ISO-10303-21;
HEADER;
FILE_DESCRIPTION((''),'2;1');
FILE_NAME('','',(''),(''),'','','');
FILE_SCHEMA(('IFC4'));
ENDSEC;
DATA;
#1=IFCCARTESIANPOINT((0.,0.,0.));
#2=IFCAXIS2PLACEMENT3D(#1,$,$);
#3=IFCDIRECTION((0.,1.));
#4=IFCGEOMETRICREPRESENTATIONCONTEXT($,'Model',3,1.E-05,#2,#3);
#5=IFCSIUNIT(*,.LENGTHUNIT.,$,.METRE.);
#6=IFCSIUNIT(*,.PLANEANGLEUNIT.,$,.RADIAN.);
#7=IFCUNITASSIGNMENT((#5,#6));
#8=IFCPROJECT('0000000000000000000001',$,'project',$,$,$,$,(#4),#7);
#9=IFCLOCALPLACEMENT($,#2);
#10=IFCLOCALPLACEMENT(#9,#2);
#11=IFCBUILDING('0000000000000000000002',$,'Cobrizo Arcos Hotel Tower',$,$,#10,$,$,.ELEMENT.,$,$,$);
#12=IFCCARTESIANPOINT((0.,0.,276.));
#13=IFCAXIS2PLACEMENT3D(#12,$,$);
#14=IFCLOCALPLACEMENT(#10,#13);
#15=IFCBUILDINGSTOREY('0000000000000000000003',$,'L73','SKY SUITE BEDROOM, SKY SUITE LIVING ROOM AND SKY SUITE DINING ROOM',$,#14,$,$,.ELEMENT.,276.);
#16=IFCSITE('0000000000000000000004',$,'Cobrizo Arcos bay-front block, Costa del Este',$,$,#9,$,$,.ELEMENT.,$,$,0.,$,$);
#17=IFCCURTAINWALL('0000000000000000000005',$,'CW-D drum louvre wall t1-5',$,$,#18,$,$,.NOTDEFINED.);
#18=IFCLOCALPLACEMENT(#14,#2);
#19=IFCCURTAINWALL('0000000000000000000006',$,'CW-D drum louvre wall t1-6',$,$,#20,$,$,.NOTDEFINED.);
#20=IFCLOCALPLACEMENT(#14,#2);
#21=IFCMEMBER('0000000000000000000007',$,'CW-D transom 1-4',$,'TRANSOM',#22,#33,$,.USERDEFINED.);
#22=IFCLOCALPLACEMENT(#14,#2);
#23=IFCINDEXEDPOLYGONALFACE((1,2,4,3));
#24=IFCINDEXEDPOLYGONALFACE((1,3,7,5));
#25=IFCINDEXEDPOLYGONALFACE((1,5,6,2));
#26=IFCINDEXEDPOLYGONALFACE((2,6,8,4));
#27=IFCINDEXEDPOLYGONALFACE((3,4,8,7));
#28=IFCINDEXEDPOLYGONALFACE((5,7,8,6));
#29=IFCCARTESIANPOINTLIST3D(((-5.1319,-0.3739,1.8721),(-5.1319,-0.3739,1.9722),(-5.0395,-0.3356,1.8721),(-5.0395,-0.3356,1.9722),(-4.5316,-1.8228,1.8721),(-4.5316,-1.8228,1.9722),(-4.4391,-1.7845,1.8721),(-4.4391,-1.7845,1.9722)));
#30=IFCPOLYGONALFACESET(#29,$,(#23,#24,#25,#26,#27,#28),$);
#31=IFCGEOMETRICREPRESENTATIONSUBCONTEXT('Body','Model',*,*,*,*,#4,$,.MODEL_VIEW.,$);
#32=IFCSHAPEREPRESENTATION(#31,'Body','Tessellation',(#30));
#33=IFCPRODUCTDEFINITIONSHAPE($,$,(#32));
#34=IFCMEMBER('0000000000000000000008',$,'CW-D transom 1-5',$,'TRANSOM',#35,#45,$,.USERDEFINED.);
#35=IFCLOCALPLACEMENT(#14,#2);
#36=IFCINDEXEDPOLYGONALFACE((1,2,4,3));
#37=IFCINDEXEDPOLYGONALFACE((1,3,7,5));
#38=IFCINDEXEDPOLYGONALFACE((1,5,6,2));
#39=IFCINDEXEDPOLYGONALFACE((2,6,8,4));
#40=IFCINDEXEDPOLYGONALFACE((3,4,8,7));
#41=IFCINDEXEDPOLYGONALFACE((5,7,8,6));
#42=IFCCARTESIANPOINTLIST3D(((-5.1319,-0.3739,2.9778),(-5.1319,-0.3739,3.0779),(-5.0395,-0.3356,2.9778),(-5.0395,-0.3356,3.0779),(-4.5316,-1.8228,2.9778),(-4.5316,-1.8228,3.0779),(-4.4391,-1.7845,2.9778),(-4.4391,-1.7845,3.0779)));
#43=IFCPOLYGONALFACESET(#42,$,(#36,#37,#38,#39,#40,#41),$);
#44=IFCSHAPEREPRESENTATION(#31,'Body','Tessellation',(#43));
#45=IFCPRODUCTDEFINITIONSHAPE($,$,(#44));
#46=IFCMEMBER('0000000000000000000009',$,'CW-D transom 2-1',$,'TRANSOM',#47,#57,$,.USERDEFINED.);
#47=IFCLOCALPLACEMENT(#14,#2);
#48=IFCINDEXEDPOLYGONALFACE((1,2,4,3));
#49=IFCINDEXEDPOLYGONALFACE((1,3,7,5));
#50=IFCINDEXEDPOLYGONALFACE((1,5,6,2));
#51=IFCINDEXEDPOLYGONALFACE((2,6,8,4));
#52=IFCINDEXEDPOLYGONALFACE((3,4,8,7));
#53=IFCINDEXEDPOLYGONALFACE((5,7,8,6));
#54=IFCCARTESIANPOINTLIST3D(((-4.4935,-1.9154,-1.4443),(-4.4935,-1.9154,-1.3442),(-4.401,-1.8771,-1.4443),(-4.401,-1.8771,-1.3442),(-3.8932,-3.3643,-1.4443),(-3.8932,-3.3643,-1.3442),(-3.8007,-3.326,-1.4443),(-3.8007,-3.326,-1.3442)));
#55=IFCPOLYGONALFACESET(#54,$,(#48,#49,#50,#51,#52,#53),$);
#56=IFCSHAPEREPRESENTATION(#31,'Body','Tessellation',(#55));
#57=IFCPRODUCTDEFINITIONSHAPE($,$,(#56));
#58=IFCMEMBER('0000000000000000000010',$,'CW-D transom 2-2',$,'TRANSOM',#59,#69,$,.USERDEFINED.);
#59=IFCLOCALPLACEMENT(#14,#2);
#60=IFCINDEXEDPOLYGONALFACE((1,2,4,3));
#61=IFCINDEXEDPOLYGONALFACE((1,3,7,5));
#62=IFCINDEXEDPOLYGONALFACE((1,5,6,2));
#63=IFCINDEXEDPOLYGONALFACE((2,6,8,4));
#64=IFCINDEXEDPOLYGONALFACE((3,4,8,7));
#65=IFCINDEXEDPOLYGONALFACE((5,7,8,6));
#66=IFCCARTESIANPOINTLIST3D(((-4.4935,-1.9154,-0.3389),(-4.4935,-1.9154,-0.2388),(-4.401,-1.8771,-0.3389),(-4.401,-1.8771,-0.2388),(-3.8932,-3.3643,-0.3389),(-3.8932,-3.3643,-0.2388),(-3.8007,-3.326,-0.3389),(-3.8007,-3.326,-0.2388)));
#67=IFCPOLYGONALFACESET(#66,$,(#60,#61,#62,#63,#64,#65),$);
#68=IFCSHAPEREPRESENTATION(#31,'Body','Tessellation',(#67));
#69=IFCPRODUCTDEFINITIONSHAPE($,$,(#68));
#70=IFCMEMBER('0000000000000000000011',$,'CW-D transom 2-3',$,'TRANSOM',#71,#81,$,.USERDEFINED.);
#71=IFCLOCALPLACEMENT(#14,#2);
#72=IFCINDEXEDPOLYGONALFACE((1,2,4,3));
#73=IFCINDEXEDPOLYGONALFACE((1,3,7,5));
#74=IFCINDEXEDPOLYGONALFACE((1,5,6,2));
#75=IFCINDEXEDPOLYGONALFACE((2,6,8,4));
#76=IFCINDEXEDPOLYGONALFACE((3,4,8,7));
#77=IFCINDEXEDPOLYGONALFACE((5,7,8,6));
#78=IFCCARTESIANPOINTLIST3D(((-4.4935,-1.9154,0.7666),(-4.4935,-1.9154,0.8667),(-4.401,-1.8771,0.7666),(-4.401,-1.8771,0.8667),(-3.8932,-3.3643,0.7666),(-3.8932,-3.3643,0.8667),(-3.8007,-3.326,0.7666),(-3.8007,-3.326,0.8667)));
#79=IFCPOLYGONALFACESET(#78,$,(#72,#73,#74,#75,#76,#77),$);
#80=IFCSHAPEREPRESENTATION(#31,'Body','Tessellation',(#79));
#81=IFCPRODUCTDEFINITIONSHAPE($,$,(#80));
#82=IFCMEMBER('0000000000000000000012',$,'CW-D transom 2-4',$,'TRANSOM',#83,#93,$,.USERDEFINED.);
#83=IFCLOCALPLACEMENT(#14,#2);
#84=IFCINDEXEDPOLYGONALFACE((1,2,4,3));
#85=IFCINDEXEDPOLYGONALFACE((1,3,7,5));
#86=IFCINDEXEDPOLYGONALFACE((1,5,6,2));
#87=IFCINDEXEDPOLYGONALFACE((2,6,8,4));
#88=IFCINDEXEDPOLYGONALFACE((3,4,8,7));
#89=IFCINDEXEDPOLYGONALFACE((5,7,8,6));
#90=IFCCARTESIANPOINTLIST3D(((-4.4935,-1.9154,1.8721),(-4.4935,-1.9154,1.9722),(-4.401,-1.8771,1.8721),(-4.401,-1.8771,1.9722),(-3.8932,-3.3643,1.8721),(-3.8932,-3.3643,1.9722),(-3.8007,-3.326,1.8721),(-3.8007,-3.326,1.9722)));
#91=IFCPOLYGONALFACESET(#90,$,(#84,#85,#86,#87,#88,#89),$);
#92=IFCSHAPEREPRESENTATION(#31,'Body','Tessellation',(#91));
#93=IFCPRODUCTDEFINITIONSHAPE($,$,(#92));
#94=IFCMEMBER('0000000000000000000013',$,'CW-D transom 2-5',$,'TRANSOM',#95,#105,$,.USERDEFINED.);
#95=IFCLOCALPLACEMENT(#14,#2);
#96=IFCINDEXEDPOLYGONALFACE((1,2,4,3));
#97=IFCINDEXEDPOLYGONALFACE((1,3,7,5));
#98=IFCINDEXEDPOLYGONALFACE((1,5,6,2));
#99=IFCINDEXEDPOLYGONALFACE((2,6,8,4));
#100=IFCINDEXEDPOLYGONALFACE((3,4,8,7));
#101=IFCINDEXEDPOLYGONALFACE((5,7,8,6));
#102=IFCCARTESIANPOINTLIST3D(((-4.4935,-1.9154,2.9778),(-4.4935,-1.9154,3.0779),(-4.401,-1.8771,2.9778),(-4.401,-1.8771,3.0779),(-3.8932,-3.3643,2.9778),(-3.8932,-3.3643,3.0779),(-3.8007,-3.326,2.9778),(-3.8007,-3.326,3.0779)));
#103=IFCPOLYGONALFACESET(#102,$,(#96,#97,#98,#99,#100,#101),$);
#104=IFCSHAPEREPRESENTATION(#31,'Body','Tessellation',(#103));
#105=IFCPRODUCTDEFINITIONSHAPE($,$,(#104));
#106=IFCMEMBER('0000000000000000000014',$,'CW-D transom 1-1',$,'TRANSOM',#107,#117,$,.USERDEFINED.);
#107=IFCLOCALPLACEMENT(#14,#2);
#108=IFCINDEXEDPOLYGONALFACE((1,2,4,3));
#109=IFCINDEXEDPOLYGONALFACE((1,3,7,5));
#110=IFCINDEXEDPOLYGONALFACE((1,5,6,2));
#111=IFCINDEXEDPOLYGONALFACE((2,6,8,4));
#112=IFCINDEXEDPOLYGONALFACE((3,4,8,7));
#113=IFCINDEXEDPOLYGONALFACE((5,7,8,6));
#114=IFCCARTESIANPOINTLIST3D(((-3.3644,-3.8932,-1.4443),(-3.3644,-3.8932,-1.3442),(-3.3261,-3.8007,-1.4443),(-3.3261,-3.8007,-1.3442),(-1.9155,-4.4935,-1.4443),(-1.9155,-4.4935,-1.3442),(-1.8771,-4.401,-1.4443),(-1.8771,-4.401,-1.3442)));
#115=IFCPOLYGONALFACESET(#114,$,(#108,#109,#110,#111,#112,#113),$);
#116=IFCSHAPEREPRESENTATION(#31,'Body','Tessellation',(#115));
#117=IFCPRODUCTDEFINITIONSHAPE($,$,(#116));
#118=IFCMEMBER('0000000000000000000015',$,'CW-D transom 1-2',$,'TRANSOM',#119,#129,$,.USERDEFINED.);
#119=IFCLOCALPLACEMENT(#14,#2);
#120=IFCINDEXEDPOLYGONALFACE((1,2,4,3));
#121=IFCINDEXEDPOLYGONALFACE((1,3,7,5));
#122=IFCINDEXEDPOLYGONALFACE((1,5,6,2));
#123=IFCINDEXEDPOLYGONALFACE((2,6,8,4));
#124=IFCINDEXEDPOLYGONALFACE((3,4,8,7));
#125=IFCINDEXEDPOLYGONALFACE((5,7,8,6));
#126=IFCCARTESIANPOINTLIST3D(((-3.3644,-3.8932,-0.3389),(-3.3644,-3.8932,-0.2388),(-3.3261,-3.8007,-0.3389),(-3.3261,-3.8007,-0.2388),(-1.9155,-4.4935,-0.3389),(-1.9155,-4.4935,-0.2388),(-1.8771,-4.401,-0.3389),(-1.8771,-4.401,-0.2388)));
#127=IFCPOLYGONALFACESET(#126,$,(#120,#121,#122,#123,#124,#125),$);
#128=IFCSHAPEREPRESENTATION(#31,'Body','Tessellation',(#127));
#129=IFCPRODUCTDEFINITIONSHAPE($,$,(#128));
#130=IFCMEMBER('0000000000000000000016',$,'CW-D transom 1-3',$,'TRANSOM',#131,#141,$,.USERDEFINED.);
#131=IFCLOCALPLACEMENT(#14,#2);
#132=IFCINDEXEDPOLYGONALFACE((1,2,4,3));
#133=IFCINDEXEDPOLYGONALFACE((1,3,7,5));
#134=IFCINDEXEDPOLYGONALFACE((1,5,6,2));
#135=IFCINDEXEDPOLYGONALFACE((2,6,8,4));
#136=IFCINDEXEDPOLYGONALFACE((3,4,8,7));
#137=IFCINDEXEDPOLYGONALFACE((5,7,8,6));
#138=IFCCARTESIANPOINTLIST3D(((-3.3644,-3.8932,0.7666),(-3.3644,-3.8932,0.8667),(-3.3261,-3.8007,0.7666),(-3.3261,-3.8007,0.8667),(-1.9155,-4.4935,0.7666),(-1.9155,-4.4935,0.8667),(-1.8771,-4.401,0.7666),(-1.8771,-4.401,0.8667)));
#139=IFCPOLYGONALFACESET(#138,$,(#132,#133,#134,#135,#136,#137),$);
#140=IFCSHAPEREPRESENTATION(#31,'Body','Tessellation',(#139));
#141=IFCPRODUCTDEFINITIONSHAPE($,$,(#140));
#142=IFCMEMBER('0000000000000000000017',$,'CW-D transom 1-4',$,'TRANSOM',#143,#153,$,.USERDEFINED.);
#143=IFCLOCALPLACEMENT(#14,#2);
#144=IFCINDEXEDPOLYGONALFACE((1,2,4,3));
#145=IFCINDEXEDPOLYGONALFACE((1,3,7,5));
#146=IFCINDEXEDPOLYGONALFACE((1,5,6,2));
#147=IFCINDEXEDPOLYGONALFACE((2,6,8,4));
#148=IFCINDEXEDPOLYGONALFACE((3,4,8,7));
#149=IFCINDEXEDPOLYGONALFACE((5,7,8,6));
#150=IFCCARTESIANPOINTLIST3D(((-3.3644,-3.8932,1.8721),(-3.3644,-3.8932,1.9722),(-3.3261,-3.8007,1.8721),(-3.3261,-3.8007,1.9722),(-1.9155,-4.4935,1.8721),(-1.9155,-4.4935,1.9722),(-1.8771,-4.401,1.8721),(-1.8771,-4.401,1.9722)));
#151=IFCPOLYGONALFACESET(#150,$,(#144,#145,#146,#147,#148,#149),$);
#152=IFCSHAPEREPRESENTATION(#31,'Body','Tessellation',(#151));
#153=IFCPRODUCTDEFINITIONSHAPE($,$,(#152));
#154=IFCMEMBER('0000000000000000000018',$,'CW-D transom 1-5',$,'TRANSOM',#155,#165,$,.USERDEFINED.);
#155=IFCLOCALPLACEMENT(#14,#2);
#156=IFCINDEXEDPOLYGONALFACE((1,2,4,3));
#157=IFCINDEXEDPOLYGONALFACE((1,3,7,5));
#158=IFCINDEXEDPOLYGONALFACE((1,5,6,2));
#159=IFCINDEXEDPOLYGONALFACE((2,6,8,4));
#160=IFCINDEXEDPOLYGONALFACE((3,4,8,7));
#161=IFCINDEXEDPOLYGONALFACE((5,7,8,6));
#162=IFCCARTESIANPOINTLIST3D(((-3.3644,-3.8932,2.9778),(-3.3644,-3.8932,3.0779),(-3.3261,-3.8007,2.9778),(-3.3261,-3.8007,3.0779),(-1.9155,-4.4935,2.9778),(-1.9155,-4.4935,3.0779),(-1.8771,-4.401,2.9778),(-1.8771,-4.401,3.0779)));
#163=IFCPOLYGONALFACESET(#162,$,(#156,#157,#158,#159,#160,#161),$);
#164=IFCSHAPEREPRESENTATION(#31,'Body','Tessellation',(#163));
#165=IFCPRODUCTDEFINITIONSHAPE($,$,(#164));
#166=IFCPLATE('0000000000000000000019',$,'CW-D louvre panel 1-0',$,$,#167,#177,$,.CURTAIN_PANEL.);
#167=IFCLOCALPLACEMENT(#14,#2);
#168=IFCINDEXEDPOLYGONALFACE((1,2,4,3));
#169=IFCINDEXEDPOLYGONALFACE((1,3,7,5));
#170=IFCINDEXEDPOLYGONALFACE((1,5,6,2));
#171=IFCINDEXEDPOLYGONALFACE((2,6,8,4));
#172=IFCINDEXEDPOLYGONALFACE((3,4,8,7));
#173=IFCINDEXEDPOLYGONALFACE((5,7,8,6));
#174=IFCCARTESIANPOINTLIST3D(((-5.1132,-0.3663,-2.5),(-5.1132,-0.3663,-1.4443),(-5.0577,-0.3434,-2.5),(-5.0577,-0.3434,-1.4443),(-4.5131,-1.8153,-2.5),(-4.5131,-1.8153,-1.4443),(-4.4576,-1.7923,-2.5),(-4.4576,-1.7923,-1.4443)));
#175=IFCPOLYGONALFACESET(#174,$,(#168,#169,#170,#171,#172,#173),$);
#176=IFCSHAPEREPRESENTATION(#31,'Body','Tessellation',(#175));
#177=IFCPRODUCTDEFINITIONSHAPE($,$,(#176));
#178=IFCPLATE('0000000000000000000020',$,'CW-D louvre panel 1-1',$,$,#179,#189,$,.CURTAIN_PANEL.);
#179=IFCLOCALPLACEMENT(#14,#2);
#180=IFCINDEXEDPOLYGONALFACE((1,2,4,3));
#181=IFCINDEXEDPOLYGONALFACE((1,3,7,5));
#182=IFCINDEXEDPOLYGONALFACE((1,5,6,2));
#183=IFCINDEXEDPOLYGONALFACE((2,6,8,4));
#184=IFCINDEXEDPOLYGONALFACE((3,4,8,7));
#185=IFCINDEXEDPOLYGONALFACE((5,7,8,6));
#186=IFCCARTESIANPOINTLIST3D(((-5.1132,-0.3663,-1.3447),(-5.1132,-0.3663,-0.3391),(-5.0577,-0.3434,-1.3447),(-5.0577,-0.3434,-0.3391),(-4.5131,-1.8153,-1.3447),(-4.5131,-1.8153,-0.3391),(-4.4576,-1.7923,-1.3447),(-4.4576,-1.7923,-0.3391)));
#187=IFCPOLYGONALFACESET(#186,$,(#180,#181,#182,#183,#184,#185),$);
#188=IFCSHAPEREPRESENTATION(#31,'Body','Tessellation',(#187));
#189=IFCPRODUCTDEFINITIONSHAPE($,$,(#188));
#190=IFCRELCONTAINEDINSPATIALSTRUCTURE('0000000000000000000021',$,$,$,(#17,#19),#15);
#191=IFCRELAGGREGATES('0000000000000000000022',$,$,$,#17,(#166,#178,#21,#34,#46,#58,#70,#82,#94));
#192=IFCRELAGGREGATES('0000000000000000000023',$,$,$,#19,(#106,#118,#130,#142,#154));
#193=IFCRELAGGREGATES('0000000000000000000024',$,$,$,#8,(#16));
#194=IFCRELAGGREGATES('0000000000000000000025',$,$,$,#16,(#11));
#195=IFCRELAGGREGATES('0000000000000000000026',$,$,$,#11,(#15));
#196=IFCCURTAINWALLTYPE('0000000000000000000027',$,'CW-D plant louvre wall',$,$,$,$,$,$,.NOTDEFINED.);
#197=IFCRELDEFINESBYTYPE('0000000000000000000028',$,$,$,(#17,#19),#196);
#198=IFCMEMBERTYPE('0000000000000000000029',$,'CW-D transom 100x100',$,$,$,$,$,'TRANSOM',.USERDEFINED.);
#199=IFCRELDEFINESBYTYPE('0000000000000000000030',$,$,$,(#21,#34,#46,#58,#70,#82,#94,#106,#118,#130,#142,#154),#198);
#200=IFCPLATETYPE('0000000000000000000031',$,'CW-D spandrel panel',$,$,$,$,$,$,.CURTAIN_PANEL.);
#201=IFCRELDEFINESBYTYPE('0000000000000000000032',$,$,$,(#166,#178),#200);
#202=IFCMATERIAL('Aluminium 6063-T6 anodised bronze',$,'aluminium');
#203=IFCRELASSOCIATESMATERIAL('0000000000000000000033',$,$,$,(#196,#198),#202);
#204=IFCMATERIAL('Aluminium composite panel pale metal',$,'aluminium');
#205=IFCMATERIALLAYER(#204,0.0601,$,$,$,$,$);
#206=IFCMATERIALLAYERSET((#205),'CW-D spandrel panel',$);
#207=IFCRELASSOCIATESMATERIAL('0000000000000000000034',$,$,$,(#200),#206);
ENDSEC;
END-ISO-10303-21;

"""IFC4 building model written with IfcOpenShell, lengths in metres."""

from ifc_helpers import new_model, si_unit, direction, frame, origin, origin_2d, place, context, subcontext, project, spatial, rectangle, extrude, material, layer, layer_set, material_profile, profile_set, type_object, element, aggregate, save


model = new_model("IFC4")

# Units and contexts
model_context = context("Model", 3, precision=1e-05, world=origin(), true_north=direction((0.0, 1.0)))
body_context = subcontext(model_context, "Body", "Model", "MODEL_VIEW")
ifc_project = project(units=[si_unit("LENGTHUNIT", "METRE"), si_unit("PLANEANGLEUNIT", "RADIAN")], contexts=[model_context])

# Site, building, storey
site_placement = place(None, origin())
site = spatial("IfcSite", under=ifc_project, at=site_placement, Name="Cobrizo Arcos bay-front block, Costa del Este", CompositionType="ELEMENT", RefElevation=0.0)
building_placement = place(site_placement, origin())
building = spatial("IfcBuilding", under=site, at=building_placement, Name="Cobrizo Arcos Hotel Tower", CompositionType="ELEMENT")
storey_placement = place(building_placement, frame((0.0, 0.0, 276.0)))
storey = spatial("IfcBuildingStorey", under=building, at=storey_placement, Name="L73", Description="SKY SUITE BEDROOM, SKY SUITE LIVING ROOM AND SKY SUITE DINING ROOM", CompositionType="ELEMENT", Elevation=276.0)

# Curtain wall
ifc_material_1 = material(Name="Aluminium 6063-T6 anodised bronze", Category="aluminium")
curtain_wall_type_1 = type_object("IfcCurtainWallType", Name="CW-D plant louvre wall", PredefinedType="NOTDEFINED", material=ifc_material_1)
curtain_wall_1_placement = place(storey_placement, origin())
curtain_wall_1 = element("IfcCurtainWall", 1, at=curtain_wall_1_placement, inside=storey, type_object=curtain_wall_type_1, Name="CW-D drum louvre wall t1-5", PredefinedType="NOTDEFINED")

# Curtain wall
curtain_wall_2_placement = place(storey_placement, origin())
curtain_wall_2 = element("IfcCurtainWall", 2, at=curtain_wall_2_placement, inside=storey, type_object=curtain_wall_type_1, Name="CW-D drum louvre wall t1-6", PredefinedType="NOTDEFINED")

# Members
ifc_material_profile_1 = material_profile(ifc_material_1, rectangle(XDim=0.1001, YDim=0.1001, at=origin_2d()), Name="CW-D transom 100x100")
ifc_profile_set_1 = profile_set([ifc_material_profile_1], Name="Aluminium 6063-T6 anodised bronze")
member_type_1 = type_object("IfcMemberType", Name="CW-D transom 100x100", ElementType="TRANSOM", PredefinedType="USERDEFINED", material=ifc_profile_set_1)
member_1_placement = place(storey_placement, frame((-5.0857, -0.3547, 1.9221), z_axis=(0.382769, -0.923844, 0.0), x_axis=(0.923844, 0.382769, 0.0)))
member_1 = element("IfcMember", 3, at=member_1_placement, type_object=member_type_1, Name="CW-D transom 1-4", ObjectType="TRANSOM", PredefinedType="USERDEFINED", context=body_context, shape_type="SweptSolid", body=[
    extrude(rectangle(XDim=0.1001, YDim=0.1001, at=origin_2d()), origin(), (0.0, 0.0, 1.0), 1.5684),
])
member_2_placement = place(storey_placement, frame((-5.0857, -0.3547, 3.0278), z_axis=(0.382769, -0.923844, 0.0), x_axis=(0.923844, 0.382769, 0.0)))
member_2 = element("IfcMember", 4, at=member_2_placement, type_object=member_type_1, Name="CW-D transom 1-5", ObjectType="TRANSOM", PredefinedType="USERDEFINED", context=body_context, shape_type="SweptSolid", body=[
    extrude(rectangle(XDim=0.1001, YDim=0.1001, at=origin_2d()), origin(), (0.0, 0.0, 1.0), 1.5684),
])
member_3_placement = place(storey_placement, frame((-4.4473, -1.8962, -1.3943), z_axis=(0.382769, -0.923844, 0.0), x_axis=(0.923844, 0.382769, 0.0)))
member_3 = element("IfcMember", 5, at=member_3_placement, type_object=member_type_1, Name="CW-D transom 2-1", ObjectType="TRANSOM", PredefinedType="USERDEFINED", context=body_context, shape_type="SweptSolid", body=[
    extrude(rectangle(XDim=0.1001, YDim=0.1001, at=origin_2d()), origin(), (0.0, 0.0, 1.0), 1.5684),
])
member_4_placement = place(storey_placement, frame((-4.4473, -1.8962, -0.2888), z_axis=(0.382769, -0.923844, 0.0), x_axis=(0.923844, 0.382769, 0.0)))
member_4 = element("IfcMember", 6, at=member_4_placement, type_object=member_type_1, Name="CW-D transom 2-2", ObjectType="TRANSOM", PredefinedType="USERDEFINED", context=body_context, shape_type="SweptSolid", body=[
    extrude(rectangle(XDim=0.1001, YDim=0.1001, at=origin_2d()), origin(), (0.0, 0.0, 1.0), 1.5684),
])
member_5_placement = place(storey_placement, frame((-4.4473, -1.8962, 0.8167), z_axis=(0.382769, -0.923844, 0.0), x_axis=(0.923844, 0.382769, 0.0)))
member_5 = element("IfcMember", 7, at=member_5_placement, type_object=member_type_1, Name="CW-D transom 2-3", ObjectType="TRANSOM", PredefinedType="USERDEFINED", context=body_context, shape_type="SweptSolid", body=[
    extrude(rectangle(XDim=0.1001, YDim=0.1001, at=origin_2d()), origin(), (0.0, 0.0, 1.0), 1.5684),
])
member_6_placement = place(storey_placement, frame((-4.4473, -1.8962, 1.9221), z_axis=(0.382769, -0.923844, 0.0), x_axis=(0.923844, 0.382769, 0.0)))
member_6 = element("IfcMember", 8, at=member_6_placement, type_object=member_type_1, Name="CW-D transom 2-4", ObjectType="TRANSOM", PredefinedType="USERDEFINED", context=body_context, shape_type="SweptSolid", body=[
    extrude(rectangle(XDim=0.1001, YDim=0.1001, at=origin_2d()), origin(), (0.0, 0.0, 1.0), 1.5684),
])
member_7_placement = place(storey_placement, frame((-4.4473, -1.8962, 3.0278), z_axis=(0.382769, -0.923844, 0.0), x_axis=(0.923844, 0.382769, 0.0)))
member_7 = element("IfcMember", 9, at=member_7_placement, type_object=member_type_1, Name="CW-D transom 2-5", ObjectType="TRANSOM", PredefinedType="USERDEFINED", context=body_context, shape_type="SweptSolid", body=[
    extrude(rectangle(XDim=0.1001, YDim=0.1001, at=origin_2d()), origin(), (0.0, 0.0, 1.0), 1.5684),
])
member_8_placement = place(storey_placement, frame((-3.3452, -3.8469, -1.3943), z_axis=(0.923844, -0.382769, 0.0), x_axis=(0.382769, 0.923844, 0.0)))
member_8 = element("IfcMember", 10, at=member_8_placement, type_object=member_type_1, Name="CW-D transom 1-1", ObjectType="TRANSOM", PredefinedType="USERDEFINED", context=body_context, shape_type="SweptSolid", body=[
    extrude(rectangle(XDim=0.1001, YDim=0.1001, at=origin_2d()), origin(), (0.0, 0.0, 1.0), 1.5684),
])
member_9_placement = place(storey_placement, frame((-3.3452, -3.8469, -0.2888), z_axis=(0.923844, -0.382769, 0.0), x_axis=(0.382769, 0.923844, 0.0)))
member_9 = element("IfcMember", 11, at=member_9_placement, type_object=member_type_1, Name="CW-D transom 1-2", ObjectType="TRANSOM", PredefinedType="USERDEFINED", context=body_context, shape_type="SweptSolid", body=[
    extrude(rectangle(XDim=0.1001, YDim=0.1001, at=origin_2d()), origin(), (0.0, 0.0, 1.0), 1.5684),
])
member_10_placement = place(storey_placement, frame((-3.3452, -3.8469, 0.8167), z_axis=(0.923844, -0.382769, 0.0), x_axis=(0.382769, 0.923844, 0.0)))
member_10 = element("IfcMember", 12, at=member_10_placement, type_object=member_type_1, Name="CW-D transom 1-3", ObjectType="TRANSOM", PredefinedType="USERDEFINED", context=body_context, shape_type="SweptSolid", body=[
    extrude(rectangle(XDim=0.1001, YDim=0.1001, at=origin_2d()), origin(), (0.0, 0.0, 1.0), 1.5684),
])
member_11_placement = place(storey_placement, frame((-3.3452, -3.8469, 1.9221), z_axis=(0.923844, -0.382769, 0.0), x_axis=(0.382769, 0.923844, 0.0)))
member_11 = element("IfcMember", 13, at=member_11_placement, type_object=member_type_1, Name="CW-D transom 1-4", ObjectType="TRANSOM", PredefinedType="USERDEFINED", context=body_context, shape_type="SweptSolid", body=[
    extrude(rectangle(XDim=0.1001, YDim=0.1001, at=origin_2d()), origin(), (0.0, 0.0, 1.0), 1.5684),
])
member_12_placement = place(storey_placement, frame((-3.3452, -3.8469, 3.0278), z_axis=(0.923844, -0.382769, 0.0), x_axis=(0.382769, 0.923844, 0.0)))
member_12 = element("IfcMember", 14, at=member_12_placement, type_object=member_type_1, Name="CW-D transom 1-5", ObjectType="TRANSOM", PredefinedType="USERDEFINED", context=body_context, shape_type="SweptSolid", body=[
    extrude(rectangle(XDim=0.1001, YDim=0.1001, at=origin_2d()), origin(), (0.0, 0.0, 1.0), 1.5684),
])

# Plates
ifc_material_2 = material(Name="Aluminium composite panel pale metal", Category="aluminium")
ifc_layer = layer(ifc_material_2, 0.0601)
ifc_layer_set = layer_set([ifc_layer], Name="CW-D spandrel panel")
plate_type = type_object("IfcPlateType", Name="CW-D spandrel panel", PredefinedType="CURTAIN_PANEL", material=ifc_layer_set)
plate_1_placement = place(storey_placement, frame((-4.7854, -1.0793, -2.5), z_axis=(0.0, 0.0, 1.0), x_axis=(0.382683, -0.92388, 0.0)))
plate_1 = element("IfcPlate", 15, at=plate_1_placement, type_object=plate_type, Name="CW-D louvre panel 1-0", PredefinedType="CURTAIN_PANEL", context=body_context, shape_type="SweptSolid", body=[
    extrude(rectangle(XDim=1.5684, YDim=0.0601, at=origin_2d()), origin(), (0.0, 0.0, 1.0), 1.0557),
])
plate_2_placement = place(storey_placement, frame((-4.7854, -1.0793, -1.3447), z_axis=(0.0, 0.0, 1.0), x_axis=(0.382683, -0.92388, 0.0)))
plate_2 = element("IfcPlate", 16, at=plate_2_placement, type_object=plate_type, Name="CW-D louvre panel 1-1", PredefinedType="CURTAIN_PANEL", context=body_context, shape_type="SweptSolid", body=[
    extrude(rectangle(XDim=1.5684, YDim=0.0601, at=origin_2d()), origin(), (0.0, 0.0, 1.0), 1.0056),
])
aggregate(curtain_wall_1, [plate_1, plate_2, member_1, member_2, member_3, member_4, member_5, member_6, member_7])
aggregate(curtain_wall_2, [member_8, member_9, member_10, member_11, member_12])

save(model, "model.ifc")
